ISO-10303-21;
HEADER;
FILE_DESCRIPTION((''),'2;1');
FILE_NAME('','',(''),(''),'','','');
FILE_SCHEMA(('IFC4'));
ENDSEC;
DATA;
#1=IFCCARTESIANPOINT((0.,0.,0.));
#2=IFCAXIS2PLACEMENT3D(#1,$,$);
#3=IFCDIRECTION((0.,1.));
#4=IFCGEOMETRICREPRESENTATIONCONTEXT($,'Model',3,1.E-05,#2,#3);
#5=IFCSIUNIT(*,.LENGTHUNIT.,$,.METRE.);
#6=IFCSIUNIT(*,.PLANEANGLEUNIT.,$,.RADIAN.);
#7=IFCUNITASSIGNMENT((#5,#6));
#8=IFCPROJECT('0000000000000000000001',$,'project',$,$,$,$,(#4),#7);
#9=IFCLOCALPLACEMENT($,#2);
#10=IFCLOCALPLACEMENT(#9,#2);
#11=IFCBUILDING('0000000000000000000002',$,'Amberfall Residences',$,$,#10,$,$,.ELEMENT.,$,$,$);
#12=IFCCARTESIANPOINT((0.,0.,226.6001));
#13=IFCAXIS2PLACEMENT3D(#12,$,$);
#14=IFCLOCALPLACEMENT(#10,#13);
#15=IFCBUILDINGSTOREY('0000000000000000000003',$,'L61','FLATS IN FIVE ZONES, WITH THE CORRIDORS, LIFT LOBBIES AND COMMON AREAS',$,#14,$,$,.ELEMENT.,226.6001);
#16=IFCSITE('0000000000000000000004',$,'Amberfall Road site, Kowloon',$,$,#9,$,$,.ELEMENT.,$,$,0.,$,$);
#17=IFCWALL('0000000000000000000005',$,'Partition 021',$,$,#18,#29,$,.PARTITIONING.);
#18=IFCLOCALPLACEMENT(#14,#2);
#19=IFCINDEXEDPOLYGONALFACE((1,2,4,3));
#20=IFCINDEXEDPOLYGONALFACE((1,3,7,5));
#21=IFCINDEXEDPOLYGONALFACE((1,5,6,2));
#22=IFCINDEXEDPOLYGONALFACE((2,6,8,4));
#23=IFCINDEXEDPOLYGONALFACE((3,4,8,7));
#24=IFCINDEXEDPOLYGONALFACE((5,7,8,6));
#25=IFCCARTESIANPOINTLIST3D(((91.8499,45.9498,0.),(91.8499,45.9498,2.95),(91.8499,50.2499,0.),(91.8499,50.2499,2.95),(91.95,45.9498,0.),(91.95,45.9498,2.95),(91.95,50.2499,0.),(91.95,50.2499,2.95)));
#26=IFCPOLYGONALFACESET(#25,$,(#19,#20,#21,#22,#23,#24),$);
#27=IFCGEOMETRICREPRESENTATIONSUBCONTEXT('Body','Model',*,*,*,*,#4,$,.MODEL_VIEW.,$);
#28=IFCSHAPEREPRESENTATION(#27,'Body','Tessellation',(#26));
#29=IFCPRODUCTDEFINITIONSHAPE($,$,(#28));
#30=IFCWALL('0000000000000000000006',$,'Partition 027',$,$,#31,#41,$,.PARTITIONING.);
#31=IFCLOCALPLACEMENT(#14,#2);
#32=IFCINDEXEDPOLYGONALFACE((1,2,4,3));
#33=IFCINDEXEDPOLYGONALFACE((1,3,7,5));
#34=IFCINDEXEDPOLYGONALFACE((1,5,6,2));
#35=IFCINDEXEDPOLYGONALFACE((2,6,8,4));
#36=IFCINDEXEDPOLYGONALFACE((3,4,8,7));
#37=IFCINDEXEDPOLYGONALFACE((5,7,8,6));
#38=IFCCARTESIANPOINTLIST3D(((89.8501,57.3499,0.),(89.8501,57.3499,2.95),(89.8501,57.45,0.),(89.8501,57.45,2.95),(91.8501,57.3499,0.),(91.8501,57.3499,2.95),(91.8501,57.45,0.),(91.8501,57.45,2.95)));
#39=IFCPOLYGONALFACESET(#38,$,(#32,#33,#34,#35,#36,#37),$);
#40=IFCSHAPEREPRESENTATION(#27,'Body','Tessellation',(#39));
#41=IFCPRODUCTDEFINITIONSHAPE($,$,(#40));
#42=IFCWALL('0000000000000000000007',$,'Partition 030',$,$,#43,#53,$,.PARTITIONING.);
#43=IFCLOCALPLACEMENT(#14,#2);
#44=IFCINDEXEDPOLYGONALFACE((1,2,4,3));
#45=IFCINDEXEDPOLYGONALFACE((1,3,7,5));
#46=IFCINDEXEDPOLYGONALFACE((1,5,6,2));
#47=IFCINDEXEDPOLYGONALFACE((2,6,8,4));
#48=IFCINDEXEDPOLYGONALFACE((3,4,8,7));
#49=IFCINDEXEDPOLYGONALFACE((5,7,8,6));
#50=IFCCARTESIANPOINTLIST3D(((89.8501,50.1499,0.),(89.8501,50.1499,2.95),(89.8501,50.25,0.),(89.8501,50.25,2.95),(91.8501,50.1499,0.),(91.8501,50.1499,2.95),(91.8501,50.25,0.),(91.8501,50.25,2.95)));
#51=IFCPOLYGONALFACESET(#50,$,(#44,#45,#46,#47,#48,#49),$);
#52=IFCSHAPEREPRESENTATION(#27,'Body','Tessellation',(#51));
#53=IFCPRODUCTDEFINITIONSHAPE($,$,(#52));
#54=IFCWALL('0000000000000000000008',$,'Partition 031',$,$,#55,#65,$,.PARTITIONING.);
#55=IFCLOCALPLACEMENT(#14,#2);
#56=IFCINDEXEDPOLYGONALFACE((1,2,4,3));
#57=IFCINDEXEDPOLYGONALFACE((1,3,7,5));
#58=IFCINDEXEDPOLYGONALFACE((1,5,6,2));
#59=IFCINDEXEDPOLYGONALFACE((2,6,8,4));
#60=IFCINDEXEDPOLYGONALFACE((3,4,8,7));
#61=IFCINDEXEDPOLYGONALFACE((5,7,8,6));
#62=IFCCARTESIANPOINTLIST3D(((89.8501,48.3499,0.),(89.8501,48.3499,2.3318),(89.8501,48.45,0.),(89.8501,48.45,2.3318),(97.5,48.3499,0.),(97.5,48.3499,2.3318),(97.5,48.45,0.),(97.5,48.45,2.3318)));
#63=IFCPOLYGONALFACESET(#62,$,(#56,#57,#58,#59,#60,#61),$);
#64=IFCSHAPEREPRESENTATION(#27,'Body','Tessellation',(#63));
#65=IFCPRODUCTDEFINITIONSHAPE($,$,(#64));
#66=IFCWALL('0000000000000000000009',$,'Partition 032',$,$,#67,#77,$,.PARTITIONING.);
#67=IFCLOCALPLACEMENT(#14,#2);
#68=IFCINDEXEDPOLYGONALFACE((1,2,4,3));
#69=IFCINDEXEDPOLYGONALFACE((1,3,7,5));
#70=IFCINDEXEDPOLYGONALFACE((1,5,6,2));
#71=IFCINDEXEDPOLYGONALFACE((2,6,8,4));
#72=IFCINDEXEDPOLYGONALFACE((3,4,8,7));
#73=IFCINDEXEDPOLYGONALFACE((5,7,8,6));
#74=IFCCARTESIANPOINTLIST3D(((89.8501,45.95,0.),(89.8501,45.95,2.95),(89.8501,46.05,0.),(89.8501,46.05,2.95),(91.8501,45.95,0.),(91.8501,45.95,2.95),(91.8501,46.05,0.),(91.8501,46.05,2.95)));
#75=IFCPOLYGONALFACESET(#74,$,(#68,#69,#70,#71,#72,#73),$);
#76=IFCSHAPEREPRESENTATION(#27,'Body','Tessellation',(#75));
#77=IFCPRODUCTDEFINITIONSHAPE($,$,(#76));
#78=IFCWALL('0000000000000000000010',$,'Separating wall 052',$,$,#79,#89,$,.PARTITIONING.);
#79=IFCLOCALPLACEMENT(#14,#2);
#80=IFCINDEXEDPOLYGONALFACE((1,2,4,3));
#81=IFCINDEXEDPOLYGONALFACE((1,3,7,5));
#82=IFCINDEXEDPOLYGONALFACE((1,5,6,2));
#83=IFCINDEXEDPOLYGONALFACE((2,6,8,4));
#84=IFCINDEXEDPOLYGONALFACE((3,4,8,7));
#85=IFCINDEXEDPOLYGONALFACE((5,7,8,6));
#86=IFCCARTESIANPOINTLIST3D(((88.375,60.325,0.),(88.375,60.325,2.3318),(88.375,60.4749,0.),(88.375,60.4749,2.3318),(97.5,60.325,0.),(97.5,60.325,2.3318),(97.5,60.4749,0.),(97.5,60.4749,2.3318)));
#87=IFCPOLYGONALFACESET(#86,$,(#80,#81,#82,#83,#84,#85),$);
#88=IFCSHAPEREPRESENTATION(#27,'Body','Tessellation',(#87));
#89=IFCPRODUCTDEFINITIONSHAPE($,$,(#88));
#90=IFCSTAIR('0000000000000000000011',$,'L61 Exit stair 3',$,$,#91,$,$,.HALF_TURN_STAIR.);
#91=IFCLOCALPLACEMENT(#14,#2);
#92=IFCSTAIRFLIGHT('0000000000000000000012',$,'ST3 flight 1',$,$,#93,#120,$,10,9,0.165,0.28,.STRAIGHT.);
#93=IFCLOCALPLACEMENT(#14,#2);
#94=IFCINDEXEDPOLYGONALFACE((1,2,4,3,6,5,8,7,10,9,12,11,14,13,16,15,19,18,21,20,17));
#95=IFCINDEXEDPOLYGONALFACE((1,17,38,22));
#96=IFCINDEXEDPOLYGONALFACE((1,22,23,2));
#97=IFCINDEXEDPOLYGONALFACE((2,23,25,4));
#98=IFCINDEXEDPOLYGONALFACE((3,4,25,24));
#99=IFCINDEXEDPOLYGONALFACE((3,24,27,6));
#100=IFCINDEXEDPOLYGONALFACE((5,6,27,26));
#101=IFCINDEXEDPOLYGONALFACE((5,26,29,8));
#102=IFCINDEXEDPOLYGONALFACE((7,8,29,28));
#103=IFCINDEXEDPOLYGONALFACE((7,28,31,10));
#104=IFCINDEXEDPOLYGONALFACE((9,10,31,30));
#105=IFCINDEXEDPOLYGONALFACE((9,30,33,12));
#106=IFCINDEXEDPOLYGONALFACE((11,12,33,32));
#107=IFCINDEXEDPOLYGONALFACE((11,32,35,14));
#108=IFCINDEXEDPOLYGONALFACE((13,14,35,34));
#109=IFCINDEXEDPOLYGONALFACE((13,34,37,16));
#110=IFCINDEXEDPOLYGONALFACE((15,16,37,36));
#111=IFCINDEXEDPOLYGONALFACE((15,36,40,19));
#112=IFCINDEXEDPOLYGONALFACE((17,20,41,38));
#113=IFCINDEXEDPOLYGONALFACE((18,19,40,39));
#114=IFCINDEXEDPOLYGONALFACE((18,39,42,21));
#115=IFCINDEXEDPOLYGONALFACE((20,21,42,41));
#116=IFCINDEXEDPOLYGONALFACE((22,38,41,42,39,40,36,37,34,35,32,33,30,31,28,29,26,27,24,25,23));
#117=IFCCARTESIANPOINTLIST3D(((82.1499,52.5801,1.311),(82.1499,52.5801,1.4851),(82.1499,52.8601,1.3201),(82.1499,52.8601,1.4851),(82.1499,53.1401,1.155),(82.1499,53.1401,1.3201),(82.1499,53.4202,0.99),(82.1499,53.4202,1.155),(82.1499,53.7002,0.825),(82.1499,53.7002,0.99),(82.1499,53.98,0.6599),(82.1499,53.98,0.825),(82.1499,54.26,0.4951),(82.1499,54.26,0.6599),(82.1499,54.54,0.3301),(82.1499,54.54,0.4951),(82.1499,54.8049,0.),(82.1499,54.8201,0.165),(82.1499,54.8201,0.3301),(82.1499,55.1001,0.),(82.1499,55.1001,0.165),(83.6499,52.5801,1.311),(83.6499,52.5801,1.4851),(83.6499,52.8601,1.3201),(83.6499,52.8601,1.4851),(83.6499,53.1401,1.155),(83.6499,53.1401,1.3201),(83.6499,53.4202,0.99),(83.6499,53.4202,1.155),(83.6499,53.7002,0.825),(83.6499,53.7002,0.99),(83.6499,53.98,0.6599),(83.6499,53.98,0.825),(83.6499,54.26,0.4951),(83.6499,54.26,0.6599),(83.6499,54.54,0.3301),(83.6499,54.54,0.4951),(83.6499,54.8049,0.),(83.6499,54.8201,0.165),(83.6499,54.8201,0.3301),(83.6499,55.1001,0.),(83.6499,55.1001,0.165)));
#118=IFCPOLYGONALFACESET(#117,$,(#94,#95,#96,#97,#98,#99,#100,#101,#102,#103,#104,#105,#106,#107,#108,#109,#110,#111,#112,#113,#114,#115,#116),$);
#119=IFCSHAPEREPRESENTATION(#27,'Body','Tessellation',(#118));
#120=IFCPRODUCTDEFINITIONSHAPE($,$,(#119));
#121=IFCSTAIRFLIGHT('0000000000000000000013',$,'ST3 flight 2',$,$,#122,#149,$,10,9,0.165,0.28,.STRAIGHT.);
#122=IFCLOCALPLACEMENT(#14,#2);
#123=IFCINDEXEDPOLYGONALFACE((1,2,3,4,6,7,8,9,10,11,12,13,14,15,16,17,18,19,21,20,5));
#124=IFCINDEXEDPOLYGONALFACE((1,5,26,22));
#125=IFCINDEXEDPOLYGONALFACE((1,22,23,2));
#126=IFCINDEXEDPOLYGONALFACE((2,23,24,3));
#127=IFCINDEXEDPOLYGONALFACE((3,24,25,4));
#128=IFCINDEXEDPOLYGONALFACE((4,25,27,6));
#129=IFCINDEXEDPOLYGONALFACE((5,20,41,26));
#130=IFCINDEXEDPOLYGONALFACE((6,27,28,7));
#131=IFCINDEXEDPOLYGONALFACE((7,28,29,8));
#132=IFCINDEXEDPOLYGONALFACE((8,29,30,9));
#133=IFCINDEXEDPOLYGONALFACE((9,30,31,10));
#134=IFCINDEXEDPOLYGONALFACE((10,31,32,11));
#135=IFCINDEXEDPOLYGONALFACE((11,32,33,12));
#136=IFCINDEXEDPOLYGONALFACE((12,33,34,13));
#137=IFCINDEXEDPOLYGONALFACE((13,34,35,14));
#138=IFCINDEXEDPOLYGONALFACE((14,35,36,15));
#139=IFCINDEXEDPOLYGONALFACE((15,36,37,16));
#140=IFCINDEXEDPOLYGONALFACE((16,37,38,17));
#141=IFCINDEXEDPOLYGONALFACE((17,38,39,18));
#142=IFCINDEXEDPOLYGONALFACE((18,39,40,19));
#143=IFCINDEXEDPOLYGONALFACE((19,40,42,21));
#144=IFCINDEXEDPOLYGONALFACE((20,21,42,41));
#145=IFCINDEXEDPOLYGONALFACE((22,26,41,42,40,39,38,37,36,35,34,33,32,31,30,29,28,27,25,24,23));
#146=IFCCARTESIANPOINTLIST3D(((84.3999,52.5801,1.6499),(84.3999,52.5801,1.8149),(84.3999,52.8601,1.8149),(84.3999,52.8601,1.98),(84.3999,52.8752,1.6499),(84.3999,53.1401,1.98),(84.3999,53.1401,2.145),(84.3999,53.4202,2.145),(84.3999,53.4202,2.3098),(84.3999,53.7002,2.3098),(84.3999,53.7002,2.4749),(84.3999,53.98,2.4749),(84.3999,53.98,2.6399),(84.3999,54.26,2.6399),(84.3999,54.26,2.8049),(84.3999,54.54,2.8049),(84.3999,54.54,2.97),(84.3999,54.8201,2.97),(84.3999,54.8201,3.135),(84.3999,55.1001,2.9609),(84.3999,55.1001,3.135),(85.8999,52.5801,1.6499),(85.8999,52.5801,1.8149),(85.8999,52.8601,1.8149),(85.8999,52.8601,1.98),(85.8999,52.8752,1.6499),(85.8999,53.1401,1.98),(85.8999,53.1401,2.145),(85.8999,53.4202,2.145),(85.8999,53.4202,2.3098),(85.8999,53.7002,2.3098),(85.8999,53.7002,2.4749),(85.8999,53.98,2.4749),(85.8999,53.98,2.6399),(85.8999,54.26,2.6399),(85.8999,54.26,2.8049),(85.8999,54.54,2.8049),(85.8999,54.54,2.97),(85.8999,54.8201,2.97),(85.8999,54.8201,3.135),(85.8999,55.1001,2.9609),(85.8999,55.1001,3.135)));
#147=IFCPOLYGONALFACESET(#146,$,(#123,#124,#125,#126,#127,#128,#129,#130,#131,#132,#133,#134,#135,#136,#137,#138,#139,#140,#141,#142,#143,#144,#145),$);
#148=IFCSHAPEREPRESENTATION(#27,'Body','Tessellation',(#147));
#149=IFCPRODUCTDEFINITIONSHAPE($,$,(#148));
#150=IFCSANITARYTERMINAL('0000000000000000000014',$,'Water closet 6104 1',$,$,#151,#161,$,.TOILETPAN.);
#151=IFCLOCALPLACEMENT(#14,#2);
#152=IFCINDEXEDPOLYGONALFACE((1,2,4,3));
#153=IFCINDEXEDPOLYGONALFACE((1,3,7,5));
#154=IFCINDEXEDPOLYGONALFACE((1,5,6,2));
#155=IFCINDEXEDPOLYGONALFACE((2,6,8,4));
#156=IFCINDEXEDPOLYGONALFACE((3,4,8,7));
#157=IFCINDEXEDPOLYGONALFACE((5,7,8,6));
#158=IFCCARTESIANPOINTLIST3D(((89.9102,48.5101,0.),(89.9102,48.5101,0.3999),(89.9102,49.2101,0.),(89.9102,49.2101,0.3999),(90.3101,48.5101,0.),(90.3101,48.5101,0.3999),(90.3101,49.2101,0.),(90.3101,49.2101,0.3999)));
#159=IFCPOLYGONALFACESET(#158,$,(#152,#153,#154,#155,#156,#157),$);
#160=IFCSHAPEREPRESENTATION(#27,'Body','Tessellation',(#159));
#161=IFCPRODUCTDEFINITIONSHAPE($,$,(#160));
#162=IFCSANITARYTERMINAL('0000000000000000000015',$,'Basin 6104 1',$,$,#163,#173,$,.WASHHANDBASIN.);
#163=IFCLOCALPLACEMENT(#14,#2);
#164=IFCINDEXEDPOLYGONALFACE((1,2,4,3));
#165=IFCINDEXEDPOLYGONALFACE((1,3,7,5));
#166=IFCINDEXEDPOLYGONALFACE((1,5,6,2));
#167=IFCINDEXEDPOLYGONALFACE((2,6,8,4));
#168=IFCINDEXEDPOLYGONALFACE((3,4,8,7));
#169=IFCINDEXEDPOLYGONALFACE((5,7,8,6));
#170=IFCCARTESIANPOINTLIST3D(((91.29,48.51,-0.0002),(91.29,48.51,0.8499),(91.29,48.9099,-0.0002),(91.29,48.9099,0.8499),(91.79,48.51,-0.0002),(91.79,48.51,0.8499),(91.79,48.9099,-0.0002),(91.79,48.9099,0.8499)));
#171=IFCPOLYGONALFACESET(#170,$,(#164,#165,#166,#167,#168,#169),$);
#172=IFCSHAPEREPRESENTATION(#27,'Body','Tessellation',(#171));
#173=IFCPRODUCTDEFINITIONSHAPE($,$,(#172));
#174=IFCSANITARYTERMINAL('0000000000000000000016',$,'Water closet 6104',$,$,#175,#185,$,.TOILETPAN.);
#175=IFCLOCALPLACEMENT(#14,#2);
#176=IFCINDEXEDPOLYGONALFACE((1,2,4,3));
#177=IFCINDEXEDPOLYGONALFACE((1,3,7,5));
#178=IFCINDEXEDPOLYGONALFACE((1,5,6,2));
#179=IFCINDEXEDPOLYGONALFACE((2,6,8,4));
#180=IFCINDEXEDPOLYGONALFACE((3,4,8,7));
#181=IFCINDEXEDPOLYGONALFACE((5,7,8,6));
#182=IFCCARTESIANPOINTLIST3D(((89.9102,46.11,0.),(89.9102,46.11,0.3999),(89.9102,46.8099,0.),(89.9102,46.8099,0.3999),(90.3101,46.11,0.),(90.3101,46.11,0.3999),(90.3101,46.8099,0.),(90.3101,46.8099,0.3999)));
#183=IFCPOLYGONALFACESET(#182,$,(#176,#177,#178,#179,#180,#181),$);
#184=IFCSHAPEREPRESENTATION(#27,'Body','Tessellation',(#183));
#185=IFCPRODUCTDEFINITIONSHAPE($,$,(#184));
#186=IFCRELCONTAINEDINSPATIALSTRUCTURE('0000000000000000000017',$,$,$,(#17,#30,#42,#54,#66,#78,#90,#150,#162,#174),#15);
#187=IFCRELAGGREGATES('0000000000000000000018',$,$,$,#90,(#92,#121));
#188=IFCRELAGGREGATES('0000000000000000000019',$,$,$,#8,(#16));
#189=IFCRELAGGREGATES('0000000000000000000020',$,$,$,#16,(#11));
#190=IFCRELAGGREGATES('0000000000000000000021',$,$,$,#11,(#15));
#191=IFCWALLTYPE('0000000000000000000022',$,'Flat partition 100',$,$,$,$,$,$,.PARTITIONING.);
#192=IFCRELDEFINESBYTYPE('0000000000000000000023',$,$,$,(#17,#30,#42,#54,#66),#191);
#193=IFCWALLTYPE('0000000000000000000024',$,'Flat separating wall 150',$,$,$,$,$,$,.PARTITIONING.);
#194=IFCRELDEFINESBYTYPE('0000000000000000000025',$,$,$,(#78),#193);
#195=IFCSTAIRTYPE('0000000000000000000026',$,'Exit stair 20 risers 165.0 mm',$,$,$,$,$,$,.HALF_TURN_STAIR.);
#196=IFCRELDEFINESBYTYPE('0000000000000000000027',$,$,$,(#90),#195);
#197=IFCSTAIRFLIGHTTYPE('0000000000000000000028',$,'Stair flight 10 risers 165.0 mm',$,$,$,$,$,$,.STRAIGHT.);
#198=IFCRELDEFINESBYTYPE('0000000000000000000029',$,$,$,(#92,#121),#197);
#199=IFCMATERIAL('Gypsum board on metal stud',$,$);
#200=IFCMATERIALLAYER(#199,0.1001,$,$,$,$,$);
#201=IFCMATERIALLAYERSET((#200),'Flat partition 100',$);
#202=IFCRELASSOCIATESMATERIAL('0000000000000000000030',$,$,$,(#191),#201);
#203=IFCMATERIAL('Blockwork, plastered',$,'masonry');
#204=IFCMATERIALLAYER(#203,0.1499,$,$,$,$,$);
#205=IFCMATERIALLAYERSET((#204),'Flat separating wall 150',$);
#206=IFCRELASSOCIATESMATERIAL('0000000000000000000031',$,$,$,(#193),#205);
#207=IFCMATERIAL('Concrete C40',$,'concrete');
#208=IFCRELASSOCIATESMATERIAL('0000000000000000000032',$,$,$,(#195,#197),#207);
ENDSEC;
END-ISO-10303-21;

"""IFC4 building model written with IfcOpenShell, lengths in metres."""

from ifc_helpers import new_model, si_unit, direction, frame, frame_2d, origin, origin_2d, place, context, subcontext, project, spatial, polyline, rectangle, outline, extrude, material, layer, layer_set, type_object, element, aggregate, save


model = new_model("IFC4")

# Units and contexts
model_context = context("Model", 3, precision=1e-05, world=origin(), true_north=direction((0.0, 1.0)))
body_context = subcontext(model_context, "Body", "Model", "MODEL_VIEW")
ifc_project = project(units=[si_unit("LENGTHUNIT", "METRE"), si_unit("PLANEANGLEUNIT", "RADIAN")], contexts=[model_context])

# Site, building, storey
site_placement = place(None, origin())
site = spatial("IfcSite", under=ifc_project, at=site_placement, Name="Amberfall Road site, Kowloon", CompositionType="ELEMENT", RefElevation=0.0)
building_placement = place(site_placement, origin())
building = spatial("IfcBuilding", under=site, at=building_placement, Name="Amberfall Residences", CompositionType="ELEMENT")
storey_placement = place(building_placement, frame((0.0, 0.0, 226.6001)))
storey = spatial("IfcBuildingStorey", under=building, at=storey_placement, Name="L61", Description="FLATS IN FIVE ZONES, WITH THE CORRIDORS, LIFT LOBBIES AND COMMON AREAS", CompositionType="ELEMENT", Elevation=226.6001)

# Shared definitions
ifc_material_1 = material(Name="Gypsum board on metal stud")
ifc_layer_1 = layer(ifc_material_1, 0.1001)
ifc_layer_set_1 = layer_set([ifc_layer_1], Name="Flat partition 100")
wall_type_1 = type_object("IfcWallType", Name="Flat partition 100", PredefinedType="PARTITIONING", material=ifc_layer_set_1)

# Walls
wall_1_placement = place(storey_placement, frame((91.8999, 45.95, 0.0), z_axis=(0.0, 0.0, 1.0), x_axis=(0.0, 1.0, 0.0)))
element("IfcWall", 1, at=wall_1_placement, inside=storey, type_object=wall_type_1, Name="Partition 021", PredefinedType="PARTITIONING", context=body_context, shape_type="SweptSolid", body=[
    extrude(rectangle(XDim=4.3, YDim=0.1001, at=frame_2d((2.1499, 0.0))), origin(), (0.0, 0.0, 1.0), 2.95),
])
for number, where, z_axis, x_axis, name in (
    (2, (89.8501, 57.3999, 0.0), (0.0, 0.0, 1.0), (1.0, 0.0, 0.0), "Partition 027"),
    (3, (89.8501, 50.2, 0.0), (0.0, 0.0, 1.0), (1.0, 0.0, 0.0), "Partition 030"),
):
    element("IfcWall", number, at=place(storey_placement, frame(where, z_axis=z_axis, x_axis=x_axis)), inside=storey, type_object=wall_type_1, Name=name, PredefinedType="PARTITIONING", context=body_context, shape_type="SweptSolid", body=[
        extrude(rectangle(XDim=2.0, YDim=0.1001, at=frame_2d((1.0, 0.0))), origin(), (0.0, 0.0, 1.0), 2.95),
    ])
wall_2_placement = place(storey_placement, frame((89.8501, 48.3999, 0.0), z_axis=(0.0, 0.0, 1.0), x_axis=(1.0, 0.0, 0.0)))
element("IfcWall", 4, at=wall_2_placement, inside=storey, type_object=wall_type_1, Name="Partition 031", PredefinedType="PARTITIONING", context=body_context, shape_type="SweptSolid", body=[
    extrude(rectangle(XDim=7.6499, YDim=0.1001, at=frame_2d((3.825, 0.0))), origin(), (0.0, 0.0, 1.0), 2.3318),
])
wall_3_placement = place(storey_placement, frame((89.8501, 46.0, 0.0), z_axis=(0.0, 0.0, 1.0), x_axis=(1.0, 0.0, 0.0)))
element("IfcWall", 5, at=wall_3_placement, inside=storey, type_object=wall_type_1, Name="Partition 032", PredefinedType="PARTITIONING", context=body_context, shape_type="SweptSolid", body=[
    extrude(rectangle(XDim=2.0, YDim=0.1001, at=frame_2d((1.0, 0.0))), origin(), (0.0, 0.0, 1.0), 2.95),
])
ifc_material_2 = material(Name="Blockwork, plastered", Category="masonry")
ifc_layer_2 = layer(ifc_material_2, 0.1499)
ifc_layer_set_2 = layer_set([ifc_layer_2], Name="Flat separating wall 150")
wall_type_2 = type_object("IfcWallType", Name="Flat separating wall 150", PredefinedType="PARTITIONING", material=ifc_layer_set_2)
wall_4_placement = place(storey_placement, frame((88.375, 60.3999, 0.0), z_axis=(0.0, 0.0, 1.0), x_axis=(1.0, 0.0, 0.0)))
element("IfcWall", 6, at=wall_4_placement, inside=storey, type_object=wall_type_2, Name="Separating wall 052", PredefinedType="PARTITIONING", context=body_context, shape_type="SweptSolid", body=[
    extrude(rectangle(XDim=9.125, YDim=0.1499, at=frame_2d((4.5625, 0.0))), origin(), (0.0, 0.0, 1.0), 2.3318),
])

# Stair, stair flights
ifc_material_3 = material(Name="Concrete C40", Category="concrete")
stair_type = type_object("IfcStairType", Name="Exit stair 20 risers 165.0 mm", PredefinedType="HALF_TURN_STAIR", material=ifc_material_3)
stair_placement = place(storey_placement, origin())
stair = element("IfcStair", 7, at=stair_placement, inside=storey, type_object=stair_type, Name="L61 Exit stair 3", PredefinedType="HALF_TURN_STAIR")
stair_flight_type = type_object("IfcStairFlightType", Name="Stair flight 10 risers 165.0 mm", PredefinedType="STRAIGHT", material=ifc_material_3)
stair_flight_1_placement = place(storey_placement, frame((82.8999, 55.1001, 0.0), z_axis=(0.0, 0.0, 1.0), x_axis=(0.0, -1.0, 0.0)))
stair_flight_1 = element("IfcStairFlight", 8, at=stair_flight_1_placement, type_object=stair_flight_type, Name="ST3 flight 1", NumberOfRisers=10, NumberOfTreads=9, PredefinedType="STRAIGHT", RiserHeight=0.165, TreadLength=0.28, context=body_context, shape_type="SweptSolid", body=[
    extrude(outline(polyline([(0.0, 0.0), (0.0, 0.165), (0.28, 0.165), (0.28, 0.3301), (0.5601, 0.3301), (0.5601, 0.4951), (0.8401, 0.4951), (0.8401, 0.6599), (1.1201, 0.6599), (1.1201, 0.825), (1.3999, 0.825), (1.3999, 0.99), (1.6799, 0.99), (1.6799, 1.155), (1.96, 1.155), (1.96, 1.3201), (2.24, 1.3201), (2.24, 1.4851), (2.52, 1.4851), (2.52, 1.6499), (2.52, 1.311), (0.2952, 0.0), (0.0, 0.0)])), frame((0.0, 0.75, 0.0), z_axis=(0.0, -1.0, 0.0), x_axis=(1.0, 0.0, 0.0)), (0.0, 0.0, 1.0), 1.5),
])
stair_flight_2_placement = place(storey_placement, frame((85.1499, 52.5801, 1.6499), z_axis=(0.0, 0.0, 1.0), x_axis=(0.0, 1.0, 0.0)))
stair_flight_2 = element("IfcStairFlight", 9, at=stair_flight_2_placement, type_object=stair_flight_type, Name="ST3 flight 2", NumberOfRisers=10, NumberOfTreads=9, PredefinedType="STRAIGHT", RiserHeight=0.165, TreadLength=0.28, context=body_context, shape_type="SweptSolid", body=[
    extrude(outline(polyline([(0.0, 0.0), (0.0, 0.165), (0.28, 0.165), (0.28, 0.3301), (0.5601, 0.3301), (0.5601, 0.4951), (0.8401, 0.4951), (0.8401, 0.6599), (1.1201, 0.6599), (1.1201, 0.825), (1.3999, 0.825), (1.3999, 0.99), (1.6799, 0.99), (1.6799, 1.155), (1.96, 1.155), (1.96, 1.3201), (2.24, 1.3201), (2.24, 1.4851), (2.52, 1.4851), (2.52, 1.6499), (2.52, 1.311), (0.2952, 0.0), (0.0, 0.0)])), frame((0.0, 0.75, 0.0), z_axis=(0.0, -1.0, 0.0), x_axis=(1.0, 0.0, 0.0)), (0.0, 0.0, 1.0), 1.5),
])
aggregate(stair, [stair_flight_1, stair_flight_2])

# Sanitary terminals
sanitary_terminal_1_placement = place(storey_placement, frame((90.1101, 48.8601, 0.0), z_axis=(0.0, 0.0, 1.0), x_axis=(1.0, 0.0, 0.0)))
element("IfcSanitaryTerminal", 10, at=sanitary_terminal_1_placement, inside=storey, Name="Water closet 6104 1", PredefinedType="TOILETPAN", context=body_context, shape_type="SweptSolid", body=[
    extrude(rectangle(XDim=0.3999, YDim=0.7, at=origin_2d()), origin(), (0.0, 0.0, 1.0), 0.3999),
])
sanitary_terminal_2_placement = place(storey_placement, frame((91.54, 48.71, -0.0002), z_axis=(0.0, 0.0, 1.0), x_axis=(1.0, 0.0, 0.0)))
element("IfcSanitaryTerminal", 11, at=sanitary_terminal_2_placement, inside=storey, Name="Basin 6104 1", PredefinedType="WASHHANDBASIN", context=body_context, shape_type="SweptSolid", body=[
    extrude(rectangle(XDim=0.5, YDim=0.3999, at=origin_2d()), origin(), (0.0, 0.0, 1.0), 0.8501),
])
sanitary_terminal_3_placement = place(storey_placement, frame((90.1101, 46.46, 0.0), z_axis=(0.0, 0.0, 1.0), x_axis=(1.0, 0.0, 0.0)))
element("IfcSanitaryTerminal", 12, at=sanitary_terminal_3_placement, inside=storey, Name="Water closet 6104", PredefinedType="TOILETPAN", context=body_context, shape_type="SweptSolid", body=[
    extrude(rectangle(XDim=0.3999, YDim=0.7, at=origin_2d()), origin(), (0.0, 0.0, 1.0), 0.3999),
])

save(model, "model.ifc")
